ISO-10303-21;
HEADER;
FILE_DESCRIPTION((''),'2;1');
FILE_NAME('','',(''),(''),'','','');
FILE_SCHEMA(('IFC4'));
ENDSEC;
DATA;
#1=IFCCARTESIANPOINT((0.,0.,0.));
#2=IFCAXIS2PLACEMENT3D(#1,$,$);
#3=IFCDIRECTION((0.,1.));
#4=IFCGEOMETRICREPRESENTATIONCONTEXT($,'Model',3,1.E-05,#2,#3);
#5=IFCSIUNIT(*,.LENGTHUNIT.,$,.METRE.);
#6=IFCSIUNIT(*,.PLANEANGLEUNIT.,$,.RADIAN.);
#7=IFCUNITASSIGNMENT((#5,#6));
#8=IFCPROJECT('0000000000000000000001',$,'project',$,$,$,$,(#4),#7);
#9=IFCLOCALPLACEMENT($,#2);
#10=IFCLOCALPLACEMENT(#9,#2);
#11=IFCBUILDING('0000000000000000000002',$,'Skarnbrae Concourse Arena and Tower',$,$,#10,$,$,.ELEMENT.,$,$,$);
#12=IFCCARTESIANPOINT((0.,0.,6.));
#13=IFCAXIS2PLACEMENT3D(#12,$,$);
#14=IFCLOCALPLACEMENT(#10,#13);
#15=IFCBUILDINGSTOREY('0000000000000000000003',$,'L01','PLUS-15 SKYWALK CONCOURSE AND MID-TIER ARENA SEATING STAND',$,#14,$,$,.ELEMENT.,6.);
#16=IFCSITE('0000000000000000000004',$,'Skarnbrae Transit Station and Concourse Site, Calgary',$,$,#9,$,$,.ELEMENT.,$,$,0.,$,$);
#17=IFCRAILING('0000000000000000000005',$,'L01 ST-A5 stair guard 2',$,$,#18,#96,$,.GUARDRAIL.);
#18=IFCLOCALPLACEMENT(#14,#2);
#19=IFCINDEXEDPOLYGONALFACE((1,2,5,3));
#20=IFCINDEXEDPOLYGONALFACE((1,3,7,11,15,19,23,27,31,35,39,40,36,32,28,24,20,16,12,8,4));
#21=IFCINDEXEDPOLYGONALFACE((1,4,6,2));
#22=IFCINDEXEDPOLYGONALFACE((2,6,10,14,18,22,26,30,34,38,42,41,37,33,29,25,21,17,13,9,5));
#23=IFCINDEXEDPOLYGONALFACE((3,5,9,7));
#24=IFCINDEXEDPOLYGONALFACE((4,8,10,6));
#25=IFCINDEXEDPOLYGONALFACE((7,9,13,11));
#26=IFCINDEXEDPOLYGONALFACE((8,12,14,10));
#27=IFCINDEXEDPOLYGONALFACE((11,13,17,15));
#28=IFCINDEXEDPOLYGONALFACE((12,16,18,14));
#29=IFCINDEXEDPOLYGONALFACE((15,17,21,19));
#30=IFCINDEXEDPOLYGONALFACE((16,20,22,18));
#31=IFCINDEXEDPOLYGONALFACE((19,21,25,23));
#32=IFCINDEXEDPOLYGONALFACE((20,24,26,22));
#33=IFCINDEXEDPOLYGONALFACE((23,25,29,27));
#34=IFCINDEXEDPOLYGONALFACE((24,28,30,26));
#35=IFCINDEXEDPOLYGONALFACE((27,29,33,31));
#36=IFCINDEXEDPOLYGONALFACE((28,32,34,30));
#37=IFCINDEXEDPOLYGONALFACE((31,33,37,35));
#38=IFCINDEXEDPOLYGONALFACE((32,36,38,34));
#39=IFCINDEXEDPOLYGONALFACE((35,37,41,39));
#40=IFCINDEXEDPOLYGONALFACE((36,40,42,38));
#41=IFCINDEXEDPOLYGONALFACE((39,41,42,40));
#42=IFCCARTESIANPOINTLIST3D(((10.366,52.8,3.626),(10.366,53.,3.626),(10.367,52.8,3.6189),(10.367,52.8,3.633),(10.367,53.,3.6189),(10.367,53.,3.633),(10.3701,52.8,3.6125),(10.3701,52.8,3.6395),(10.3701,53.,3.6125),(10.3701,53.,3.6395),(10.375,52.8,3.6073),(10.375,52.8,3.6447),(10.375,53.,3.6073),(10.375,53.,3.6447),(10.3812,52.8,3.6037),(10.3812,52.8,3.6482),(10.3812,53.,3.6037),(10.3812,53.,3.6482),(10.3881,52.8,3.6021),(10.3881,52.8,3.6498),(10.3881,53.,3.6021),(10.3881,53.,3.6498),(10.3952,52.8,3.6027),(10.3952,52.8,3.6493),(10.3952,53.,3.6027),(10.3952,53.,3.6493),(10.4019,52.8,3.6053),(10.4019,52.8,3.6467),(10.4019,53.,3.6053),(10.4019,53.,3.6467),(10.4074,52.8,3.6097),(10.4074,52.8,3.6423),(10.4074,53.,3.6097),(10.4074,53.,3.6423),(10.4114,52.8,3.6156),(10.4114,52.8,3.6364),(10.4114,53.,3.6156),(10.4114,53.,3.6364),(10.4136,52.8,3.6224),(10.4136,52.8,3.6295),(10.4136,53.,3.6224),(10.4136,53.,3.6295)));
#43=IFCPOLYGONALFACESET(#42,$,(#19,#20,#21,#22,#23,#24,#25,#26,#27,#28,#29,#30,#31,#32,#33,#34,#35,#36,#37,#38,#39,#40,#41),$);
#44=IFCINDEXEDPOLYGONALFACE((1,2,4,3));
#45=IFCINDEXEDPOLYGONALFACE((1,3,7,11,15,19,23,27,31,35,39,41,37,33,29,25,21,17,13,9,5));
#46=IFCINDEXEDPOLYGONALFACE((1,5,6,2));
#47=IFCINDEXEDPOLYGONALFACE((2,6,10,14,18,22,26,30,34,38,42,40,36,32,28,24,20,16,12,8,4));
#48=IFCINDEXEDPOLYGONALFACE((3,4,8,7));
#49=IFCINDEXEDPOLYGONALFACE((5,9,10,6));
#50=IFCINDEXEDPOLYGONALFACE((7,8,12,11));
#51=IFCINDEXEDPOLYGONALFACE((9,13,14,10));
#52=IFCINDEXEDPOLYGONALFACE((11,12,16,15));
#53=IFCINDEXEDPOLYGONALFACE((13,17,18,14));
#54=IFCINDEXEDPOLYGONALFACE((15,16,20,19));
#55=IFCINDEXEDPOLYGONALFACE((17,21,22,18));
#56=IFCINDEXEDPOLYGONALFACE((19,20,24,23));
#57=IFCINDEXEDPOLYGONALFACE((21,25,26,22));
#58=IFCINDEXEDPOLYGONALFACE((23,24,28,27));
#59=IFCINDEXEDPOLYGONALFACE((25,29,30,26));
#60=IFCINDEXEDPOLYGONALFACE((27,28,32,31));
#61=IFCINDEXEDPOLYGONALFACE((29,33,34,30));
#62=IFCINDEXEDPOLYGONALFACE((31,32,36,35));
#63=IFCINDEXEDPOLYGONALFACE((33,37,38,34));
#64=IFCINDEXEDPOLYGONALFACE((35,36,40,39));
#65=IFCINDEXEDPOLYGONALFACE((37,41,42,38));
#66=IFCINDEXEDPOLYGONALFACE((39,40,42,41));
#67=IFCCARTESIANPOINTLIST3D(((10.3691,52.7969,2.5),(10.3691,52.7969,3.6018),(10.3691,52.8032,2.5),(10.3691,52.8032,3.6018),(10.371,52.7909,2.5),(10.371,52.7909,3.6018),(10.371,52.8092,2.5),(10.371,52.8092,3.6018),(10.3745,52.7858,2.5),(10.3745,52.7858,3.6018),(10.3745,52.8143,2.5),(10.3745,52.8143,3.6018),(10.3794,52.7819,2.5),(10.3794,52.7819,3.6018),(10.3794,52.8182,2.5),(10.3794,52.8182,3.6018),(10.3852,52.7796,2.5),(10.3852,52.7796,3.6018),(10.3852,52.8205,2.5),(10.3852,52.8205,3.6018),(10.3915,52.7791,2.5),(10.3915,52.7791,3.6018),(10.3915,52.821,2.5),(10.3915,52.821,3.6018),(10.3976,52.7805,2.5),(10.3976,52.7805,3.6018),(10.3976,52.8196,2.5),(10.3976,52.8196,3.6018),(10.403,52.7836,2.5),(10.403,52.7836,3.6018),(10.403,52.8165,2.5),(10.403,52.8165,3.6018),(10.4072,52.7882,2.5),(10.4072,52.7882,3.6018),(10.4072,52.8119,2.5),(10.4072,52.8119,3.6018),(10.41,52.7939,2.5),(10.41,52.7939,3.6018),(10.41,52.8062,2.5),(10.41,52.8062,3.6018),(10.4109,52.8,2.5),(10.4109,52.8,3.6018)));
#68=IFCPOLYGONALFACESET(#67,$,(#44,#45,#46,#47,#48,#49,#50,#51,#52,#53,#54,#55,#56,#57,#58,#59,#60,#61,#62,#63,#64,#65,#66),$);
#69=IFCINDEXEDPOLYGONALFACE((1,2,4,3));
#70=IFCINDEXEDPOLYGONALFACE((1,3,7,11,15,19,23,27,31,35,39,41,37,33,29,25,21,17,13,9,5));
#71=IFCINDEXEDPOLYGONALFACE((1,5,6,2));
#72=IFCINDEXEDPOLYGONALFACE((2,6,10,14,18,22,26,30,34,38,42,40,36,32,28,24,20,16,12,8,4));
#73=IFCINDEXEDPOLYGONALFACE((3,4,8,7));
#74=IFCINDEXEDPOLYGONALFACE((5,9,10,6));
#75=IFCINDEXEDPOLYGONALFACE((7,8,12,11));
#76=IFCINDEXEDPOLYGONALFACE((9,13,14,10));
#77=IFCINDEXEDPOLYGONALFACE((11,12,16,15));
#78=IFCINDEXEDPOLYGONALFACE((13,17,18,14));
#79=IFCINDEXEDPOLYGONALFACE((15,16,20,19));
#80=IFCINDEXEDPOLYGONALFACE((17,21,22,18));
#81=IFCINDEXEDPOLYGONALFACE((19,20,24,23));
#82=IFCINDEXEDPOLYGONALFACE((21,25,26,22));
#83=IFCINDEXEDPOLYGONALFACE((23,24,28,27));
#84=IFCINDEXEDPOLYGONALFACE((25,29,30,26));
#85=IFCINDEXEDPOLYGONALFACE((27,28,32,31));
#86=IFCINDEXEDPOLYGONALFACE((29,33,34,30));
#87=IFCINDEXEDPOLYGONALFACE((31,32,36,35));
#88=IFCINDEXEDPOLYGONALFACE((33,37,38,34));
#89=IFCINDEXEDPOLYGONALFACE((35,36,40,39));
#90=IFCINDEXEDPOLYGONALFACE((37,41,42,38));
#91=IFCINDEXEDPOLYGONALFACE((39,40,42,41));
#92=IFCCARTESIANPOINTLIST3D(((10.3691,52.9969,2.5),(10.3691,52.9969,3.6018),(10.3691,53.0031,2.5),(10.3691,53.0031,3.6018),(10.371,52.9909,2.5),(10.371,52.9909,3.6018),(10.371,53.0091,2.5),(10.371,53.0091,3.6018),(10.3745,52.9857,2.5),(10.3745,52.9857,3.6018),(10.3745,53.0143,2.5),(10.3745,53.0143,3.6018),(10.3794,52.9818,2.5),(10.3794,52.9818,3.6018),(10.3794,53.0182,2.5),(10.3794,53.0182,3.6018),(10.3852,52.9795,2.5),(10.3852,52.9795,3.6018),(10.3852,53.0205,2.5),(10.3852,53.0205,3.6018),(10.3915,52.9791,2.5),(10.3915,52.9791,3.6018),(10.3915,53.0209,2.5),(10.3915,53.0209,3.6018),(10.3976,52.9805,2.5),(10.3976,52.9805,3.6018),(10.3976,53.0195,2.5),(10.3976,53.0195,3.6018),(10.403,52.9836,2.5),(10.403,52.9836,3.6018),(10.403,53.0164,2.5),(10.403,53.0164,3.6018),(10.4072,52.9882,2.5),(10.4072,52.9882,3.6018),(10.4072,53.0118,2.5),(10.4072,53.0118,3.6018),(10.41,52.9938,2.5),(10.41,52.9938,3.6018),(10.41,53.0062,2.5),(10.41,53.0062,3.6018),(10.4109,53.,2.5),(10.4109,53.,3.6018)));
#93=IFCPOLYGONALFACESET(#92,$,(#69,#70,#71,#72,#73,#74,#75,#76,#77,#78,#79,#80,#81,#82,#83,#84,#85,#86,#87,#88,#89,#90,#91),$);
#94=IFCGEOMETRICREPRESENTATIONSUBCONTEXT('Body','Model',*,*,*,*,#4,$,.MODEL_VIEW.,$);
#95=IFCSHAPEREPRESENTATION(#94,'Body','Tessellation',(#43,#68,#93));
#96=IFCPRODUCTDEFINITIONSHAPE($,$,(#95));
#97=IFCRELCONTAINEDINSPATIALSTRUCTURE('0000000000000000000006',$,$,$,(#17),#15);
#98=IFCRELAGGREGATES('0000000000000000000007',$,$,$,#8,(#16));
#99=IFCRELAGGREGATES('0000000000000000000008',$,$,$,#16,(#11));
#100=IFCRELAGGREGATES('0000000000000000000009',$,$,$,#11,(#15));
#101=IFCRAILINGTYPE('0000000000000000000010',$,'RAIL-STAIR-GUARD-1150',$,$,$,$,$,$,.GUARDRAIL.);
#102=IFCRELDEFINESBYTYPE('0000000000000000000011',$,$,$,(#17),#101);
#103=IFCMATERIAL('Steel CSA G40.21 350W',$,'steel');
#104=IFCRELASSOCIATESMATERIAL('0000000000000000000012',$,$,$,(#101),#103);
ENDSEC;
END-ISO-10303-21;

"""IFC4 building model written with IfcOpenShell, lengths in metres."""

from ifc_helpers import new_model, si_unit, direction, frame, origin, origin_2d, place, context, subcontext, project, spatial, circle, extrude, material, type_object, element, save


model = new_model("IFC4")

# Units and contexts
model_context = context("Model", 3, precision=1e-05, world=origin(), true_north=direction((0.0, 1.0)))
body_context = subcontext(model_context, "Body", "Model", "MODEL_VIEW")
ifc_project = project(units=[si_unit("LENGTHUNIT", "METRE"), si_unit("PLANEANGLEUNIT", "RADIAN")], contexts=[model_context])

# Site, building, storey
site_placement = place(None, origin())
site = spatial("IfcSite", under=ifc_project, at=site_placement, Name="Skarnbrae Transit Station and Concourse Site, Calgary", CompositionType="ELEMENT", RefElevation=0.0)
building_placement = place(site_placement, origin())
building = spatial("IfcBuilding", under=site, at=building_placement, Name="Skarnbrae Concourse Arena and Tower", CompositionType="ELEMENT")
storey_placement = place(building_placement, frame((0.0, 0.0, 6.0)))
storey = spatial("IfcBuildingStorey", under=building, at=storey_placement, Name="L01", Description="PLUS-15 SKYWALK CONCOURSE AND MID-TIER ARENA SEATING STAND", CompositionType="ELEMENT", Elevation=6.0)

# Shared definitions
ifc_material_1 = material(Name="Steel CSA G40.21 350W", Category="steel")

# Railing
railing_type_1 = type_object("IfcRailingType", Name="RAIL-STAIR-GUARD-1150", PredefinedType="GUARDRAIL", material=ifc_material_1)
railing_1_placement = place(storey_placement, frame((10.3899, 52.8, 2.5)))
element("IfcRailing", 1, at=railing_1_placement, inside=storey, type_object=railing_type_1, Name="L01 ST-A5 stair guard 2", PredefinedType="GUARDRAIL", context=body_context, shape_type="SweptSolid", body=[
    extrude(circle(Radius=0.0239, at=origin_2d()), frame((0.0, 0.0, 1.126), z_axis=(0.0, 1.0, 0.0), x_axis=(-1.0, 0.0, 0.0)), (0.0, 0.0, 1.0), 0.2),
    extrude(circle(Radius=0.021, at=origin_2d()), origin(), (0.0, 0.0, 1.0), 1.1018),
    extrude(circle(Radius=0.021, at=origin_2d()), frame((0.0, 0.2, 0.0)), (0.0, 0.0, 1.0), 1.1018),
])

save(model, "model.ifc")
